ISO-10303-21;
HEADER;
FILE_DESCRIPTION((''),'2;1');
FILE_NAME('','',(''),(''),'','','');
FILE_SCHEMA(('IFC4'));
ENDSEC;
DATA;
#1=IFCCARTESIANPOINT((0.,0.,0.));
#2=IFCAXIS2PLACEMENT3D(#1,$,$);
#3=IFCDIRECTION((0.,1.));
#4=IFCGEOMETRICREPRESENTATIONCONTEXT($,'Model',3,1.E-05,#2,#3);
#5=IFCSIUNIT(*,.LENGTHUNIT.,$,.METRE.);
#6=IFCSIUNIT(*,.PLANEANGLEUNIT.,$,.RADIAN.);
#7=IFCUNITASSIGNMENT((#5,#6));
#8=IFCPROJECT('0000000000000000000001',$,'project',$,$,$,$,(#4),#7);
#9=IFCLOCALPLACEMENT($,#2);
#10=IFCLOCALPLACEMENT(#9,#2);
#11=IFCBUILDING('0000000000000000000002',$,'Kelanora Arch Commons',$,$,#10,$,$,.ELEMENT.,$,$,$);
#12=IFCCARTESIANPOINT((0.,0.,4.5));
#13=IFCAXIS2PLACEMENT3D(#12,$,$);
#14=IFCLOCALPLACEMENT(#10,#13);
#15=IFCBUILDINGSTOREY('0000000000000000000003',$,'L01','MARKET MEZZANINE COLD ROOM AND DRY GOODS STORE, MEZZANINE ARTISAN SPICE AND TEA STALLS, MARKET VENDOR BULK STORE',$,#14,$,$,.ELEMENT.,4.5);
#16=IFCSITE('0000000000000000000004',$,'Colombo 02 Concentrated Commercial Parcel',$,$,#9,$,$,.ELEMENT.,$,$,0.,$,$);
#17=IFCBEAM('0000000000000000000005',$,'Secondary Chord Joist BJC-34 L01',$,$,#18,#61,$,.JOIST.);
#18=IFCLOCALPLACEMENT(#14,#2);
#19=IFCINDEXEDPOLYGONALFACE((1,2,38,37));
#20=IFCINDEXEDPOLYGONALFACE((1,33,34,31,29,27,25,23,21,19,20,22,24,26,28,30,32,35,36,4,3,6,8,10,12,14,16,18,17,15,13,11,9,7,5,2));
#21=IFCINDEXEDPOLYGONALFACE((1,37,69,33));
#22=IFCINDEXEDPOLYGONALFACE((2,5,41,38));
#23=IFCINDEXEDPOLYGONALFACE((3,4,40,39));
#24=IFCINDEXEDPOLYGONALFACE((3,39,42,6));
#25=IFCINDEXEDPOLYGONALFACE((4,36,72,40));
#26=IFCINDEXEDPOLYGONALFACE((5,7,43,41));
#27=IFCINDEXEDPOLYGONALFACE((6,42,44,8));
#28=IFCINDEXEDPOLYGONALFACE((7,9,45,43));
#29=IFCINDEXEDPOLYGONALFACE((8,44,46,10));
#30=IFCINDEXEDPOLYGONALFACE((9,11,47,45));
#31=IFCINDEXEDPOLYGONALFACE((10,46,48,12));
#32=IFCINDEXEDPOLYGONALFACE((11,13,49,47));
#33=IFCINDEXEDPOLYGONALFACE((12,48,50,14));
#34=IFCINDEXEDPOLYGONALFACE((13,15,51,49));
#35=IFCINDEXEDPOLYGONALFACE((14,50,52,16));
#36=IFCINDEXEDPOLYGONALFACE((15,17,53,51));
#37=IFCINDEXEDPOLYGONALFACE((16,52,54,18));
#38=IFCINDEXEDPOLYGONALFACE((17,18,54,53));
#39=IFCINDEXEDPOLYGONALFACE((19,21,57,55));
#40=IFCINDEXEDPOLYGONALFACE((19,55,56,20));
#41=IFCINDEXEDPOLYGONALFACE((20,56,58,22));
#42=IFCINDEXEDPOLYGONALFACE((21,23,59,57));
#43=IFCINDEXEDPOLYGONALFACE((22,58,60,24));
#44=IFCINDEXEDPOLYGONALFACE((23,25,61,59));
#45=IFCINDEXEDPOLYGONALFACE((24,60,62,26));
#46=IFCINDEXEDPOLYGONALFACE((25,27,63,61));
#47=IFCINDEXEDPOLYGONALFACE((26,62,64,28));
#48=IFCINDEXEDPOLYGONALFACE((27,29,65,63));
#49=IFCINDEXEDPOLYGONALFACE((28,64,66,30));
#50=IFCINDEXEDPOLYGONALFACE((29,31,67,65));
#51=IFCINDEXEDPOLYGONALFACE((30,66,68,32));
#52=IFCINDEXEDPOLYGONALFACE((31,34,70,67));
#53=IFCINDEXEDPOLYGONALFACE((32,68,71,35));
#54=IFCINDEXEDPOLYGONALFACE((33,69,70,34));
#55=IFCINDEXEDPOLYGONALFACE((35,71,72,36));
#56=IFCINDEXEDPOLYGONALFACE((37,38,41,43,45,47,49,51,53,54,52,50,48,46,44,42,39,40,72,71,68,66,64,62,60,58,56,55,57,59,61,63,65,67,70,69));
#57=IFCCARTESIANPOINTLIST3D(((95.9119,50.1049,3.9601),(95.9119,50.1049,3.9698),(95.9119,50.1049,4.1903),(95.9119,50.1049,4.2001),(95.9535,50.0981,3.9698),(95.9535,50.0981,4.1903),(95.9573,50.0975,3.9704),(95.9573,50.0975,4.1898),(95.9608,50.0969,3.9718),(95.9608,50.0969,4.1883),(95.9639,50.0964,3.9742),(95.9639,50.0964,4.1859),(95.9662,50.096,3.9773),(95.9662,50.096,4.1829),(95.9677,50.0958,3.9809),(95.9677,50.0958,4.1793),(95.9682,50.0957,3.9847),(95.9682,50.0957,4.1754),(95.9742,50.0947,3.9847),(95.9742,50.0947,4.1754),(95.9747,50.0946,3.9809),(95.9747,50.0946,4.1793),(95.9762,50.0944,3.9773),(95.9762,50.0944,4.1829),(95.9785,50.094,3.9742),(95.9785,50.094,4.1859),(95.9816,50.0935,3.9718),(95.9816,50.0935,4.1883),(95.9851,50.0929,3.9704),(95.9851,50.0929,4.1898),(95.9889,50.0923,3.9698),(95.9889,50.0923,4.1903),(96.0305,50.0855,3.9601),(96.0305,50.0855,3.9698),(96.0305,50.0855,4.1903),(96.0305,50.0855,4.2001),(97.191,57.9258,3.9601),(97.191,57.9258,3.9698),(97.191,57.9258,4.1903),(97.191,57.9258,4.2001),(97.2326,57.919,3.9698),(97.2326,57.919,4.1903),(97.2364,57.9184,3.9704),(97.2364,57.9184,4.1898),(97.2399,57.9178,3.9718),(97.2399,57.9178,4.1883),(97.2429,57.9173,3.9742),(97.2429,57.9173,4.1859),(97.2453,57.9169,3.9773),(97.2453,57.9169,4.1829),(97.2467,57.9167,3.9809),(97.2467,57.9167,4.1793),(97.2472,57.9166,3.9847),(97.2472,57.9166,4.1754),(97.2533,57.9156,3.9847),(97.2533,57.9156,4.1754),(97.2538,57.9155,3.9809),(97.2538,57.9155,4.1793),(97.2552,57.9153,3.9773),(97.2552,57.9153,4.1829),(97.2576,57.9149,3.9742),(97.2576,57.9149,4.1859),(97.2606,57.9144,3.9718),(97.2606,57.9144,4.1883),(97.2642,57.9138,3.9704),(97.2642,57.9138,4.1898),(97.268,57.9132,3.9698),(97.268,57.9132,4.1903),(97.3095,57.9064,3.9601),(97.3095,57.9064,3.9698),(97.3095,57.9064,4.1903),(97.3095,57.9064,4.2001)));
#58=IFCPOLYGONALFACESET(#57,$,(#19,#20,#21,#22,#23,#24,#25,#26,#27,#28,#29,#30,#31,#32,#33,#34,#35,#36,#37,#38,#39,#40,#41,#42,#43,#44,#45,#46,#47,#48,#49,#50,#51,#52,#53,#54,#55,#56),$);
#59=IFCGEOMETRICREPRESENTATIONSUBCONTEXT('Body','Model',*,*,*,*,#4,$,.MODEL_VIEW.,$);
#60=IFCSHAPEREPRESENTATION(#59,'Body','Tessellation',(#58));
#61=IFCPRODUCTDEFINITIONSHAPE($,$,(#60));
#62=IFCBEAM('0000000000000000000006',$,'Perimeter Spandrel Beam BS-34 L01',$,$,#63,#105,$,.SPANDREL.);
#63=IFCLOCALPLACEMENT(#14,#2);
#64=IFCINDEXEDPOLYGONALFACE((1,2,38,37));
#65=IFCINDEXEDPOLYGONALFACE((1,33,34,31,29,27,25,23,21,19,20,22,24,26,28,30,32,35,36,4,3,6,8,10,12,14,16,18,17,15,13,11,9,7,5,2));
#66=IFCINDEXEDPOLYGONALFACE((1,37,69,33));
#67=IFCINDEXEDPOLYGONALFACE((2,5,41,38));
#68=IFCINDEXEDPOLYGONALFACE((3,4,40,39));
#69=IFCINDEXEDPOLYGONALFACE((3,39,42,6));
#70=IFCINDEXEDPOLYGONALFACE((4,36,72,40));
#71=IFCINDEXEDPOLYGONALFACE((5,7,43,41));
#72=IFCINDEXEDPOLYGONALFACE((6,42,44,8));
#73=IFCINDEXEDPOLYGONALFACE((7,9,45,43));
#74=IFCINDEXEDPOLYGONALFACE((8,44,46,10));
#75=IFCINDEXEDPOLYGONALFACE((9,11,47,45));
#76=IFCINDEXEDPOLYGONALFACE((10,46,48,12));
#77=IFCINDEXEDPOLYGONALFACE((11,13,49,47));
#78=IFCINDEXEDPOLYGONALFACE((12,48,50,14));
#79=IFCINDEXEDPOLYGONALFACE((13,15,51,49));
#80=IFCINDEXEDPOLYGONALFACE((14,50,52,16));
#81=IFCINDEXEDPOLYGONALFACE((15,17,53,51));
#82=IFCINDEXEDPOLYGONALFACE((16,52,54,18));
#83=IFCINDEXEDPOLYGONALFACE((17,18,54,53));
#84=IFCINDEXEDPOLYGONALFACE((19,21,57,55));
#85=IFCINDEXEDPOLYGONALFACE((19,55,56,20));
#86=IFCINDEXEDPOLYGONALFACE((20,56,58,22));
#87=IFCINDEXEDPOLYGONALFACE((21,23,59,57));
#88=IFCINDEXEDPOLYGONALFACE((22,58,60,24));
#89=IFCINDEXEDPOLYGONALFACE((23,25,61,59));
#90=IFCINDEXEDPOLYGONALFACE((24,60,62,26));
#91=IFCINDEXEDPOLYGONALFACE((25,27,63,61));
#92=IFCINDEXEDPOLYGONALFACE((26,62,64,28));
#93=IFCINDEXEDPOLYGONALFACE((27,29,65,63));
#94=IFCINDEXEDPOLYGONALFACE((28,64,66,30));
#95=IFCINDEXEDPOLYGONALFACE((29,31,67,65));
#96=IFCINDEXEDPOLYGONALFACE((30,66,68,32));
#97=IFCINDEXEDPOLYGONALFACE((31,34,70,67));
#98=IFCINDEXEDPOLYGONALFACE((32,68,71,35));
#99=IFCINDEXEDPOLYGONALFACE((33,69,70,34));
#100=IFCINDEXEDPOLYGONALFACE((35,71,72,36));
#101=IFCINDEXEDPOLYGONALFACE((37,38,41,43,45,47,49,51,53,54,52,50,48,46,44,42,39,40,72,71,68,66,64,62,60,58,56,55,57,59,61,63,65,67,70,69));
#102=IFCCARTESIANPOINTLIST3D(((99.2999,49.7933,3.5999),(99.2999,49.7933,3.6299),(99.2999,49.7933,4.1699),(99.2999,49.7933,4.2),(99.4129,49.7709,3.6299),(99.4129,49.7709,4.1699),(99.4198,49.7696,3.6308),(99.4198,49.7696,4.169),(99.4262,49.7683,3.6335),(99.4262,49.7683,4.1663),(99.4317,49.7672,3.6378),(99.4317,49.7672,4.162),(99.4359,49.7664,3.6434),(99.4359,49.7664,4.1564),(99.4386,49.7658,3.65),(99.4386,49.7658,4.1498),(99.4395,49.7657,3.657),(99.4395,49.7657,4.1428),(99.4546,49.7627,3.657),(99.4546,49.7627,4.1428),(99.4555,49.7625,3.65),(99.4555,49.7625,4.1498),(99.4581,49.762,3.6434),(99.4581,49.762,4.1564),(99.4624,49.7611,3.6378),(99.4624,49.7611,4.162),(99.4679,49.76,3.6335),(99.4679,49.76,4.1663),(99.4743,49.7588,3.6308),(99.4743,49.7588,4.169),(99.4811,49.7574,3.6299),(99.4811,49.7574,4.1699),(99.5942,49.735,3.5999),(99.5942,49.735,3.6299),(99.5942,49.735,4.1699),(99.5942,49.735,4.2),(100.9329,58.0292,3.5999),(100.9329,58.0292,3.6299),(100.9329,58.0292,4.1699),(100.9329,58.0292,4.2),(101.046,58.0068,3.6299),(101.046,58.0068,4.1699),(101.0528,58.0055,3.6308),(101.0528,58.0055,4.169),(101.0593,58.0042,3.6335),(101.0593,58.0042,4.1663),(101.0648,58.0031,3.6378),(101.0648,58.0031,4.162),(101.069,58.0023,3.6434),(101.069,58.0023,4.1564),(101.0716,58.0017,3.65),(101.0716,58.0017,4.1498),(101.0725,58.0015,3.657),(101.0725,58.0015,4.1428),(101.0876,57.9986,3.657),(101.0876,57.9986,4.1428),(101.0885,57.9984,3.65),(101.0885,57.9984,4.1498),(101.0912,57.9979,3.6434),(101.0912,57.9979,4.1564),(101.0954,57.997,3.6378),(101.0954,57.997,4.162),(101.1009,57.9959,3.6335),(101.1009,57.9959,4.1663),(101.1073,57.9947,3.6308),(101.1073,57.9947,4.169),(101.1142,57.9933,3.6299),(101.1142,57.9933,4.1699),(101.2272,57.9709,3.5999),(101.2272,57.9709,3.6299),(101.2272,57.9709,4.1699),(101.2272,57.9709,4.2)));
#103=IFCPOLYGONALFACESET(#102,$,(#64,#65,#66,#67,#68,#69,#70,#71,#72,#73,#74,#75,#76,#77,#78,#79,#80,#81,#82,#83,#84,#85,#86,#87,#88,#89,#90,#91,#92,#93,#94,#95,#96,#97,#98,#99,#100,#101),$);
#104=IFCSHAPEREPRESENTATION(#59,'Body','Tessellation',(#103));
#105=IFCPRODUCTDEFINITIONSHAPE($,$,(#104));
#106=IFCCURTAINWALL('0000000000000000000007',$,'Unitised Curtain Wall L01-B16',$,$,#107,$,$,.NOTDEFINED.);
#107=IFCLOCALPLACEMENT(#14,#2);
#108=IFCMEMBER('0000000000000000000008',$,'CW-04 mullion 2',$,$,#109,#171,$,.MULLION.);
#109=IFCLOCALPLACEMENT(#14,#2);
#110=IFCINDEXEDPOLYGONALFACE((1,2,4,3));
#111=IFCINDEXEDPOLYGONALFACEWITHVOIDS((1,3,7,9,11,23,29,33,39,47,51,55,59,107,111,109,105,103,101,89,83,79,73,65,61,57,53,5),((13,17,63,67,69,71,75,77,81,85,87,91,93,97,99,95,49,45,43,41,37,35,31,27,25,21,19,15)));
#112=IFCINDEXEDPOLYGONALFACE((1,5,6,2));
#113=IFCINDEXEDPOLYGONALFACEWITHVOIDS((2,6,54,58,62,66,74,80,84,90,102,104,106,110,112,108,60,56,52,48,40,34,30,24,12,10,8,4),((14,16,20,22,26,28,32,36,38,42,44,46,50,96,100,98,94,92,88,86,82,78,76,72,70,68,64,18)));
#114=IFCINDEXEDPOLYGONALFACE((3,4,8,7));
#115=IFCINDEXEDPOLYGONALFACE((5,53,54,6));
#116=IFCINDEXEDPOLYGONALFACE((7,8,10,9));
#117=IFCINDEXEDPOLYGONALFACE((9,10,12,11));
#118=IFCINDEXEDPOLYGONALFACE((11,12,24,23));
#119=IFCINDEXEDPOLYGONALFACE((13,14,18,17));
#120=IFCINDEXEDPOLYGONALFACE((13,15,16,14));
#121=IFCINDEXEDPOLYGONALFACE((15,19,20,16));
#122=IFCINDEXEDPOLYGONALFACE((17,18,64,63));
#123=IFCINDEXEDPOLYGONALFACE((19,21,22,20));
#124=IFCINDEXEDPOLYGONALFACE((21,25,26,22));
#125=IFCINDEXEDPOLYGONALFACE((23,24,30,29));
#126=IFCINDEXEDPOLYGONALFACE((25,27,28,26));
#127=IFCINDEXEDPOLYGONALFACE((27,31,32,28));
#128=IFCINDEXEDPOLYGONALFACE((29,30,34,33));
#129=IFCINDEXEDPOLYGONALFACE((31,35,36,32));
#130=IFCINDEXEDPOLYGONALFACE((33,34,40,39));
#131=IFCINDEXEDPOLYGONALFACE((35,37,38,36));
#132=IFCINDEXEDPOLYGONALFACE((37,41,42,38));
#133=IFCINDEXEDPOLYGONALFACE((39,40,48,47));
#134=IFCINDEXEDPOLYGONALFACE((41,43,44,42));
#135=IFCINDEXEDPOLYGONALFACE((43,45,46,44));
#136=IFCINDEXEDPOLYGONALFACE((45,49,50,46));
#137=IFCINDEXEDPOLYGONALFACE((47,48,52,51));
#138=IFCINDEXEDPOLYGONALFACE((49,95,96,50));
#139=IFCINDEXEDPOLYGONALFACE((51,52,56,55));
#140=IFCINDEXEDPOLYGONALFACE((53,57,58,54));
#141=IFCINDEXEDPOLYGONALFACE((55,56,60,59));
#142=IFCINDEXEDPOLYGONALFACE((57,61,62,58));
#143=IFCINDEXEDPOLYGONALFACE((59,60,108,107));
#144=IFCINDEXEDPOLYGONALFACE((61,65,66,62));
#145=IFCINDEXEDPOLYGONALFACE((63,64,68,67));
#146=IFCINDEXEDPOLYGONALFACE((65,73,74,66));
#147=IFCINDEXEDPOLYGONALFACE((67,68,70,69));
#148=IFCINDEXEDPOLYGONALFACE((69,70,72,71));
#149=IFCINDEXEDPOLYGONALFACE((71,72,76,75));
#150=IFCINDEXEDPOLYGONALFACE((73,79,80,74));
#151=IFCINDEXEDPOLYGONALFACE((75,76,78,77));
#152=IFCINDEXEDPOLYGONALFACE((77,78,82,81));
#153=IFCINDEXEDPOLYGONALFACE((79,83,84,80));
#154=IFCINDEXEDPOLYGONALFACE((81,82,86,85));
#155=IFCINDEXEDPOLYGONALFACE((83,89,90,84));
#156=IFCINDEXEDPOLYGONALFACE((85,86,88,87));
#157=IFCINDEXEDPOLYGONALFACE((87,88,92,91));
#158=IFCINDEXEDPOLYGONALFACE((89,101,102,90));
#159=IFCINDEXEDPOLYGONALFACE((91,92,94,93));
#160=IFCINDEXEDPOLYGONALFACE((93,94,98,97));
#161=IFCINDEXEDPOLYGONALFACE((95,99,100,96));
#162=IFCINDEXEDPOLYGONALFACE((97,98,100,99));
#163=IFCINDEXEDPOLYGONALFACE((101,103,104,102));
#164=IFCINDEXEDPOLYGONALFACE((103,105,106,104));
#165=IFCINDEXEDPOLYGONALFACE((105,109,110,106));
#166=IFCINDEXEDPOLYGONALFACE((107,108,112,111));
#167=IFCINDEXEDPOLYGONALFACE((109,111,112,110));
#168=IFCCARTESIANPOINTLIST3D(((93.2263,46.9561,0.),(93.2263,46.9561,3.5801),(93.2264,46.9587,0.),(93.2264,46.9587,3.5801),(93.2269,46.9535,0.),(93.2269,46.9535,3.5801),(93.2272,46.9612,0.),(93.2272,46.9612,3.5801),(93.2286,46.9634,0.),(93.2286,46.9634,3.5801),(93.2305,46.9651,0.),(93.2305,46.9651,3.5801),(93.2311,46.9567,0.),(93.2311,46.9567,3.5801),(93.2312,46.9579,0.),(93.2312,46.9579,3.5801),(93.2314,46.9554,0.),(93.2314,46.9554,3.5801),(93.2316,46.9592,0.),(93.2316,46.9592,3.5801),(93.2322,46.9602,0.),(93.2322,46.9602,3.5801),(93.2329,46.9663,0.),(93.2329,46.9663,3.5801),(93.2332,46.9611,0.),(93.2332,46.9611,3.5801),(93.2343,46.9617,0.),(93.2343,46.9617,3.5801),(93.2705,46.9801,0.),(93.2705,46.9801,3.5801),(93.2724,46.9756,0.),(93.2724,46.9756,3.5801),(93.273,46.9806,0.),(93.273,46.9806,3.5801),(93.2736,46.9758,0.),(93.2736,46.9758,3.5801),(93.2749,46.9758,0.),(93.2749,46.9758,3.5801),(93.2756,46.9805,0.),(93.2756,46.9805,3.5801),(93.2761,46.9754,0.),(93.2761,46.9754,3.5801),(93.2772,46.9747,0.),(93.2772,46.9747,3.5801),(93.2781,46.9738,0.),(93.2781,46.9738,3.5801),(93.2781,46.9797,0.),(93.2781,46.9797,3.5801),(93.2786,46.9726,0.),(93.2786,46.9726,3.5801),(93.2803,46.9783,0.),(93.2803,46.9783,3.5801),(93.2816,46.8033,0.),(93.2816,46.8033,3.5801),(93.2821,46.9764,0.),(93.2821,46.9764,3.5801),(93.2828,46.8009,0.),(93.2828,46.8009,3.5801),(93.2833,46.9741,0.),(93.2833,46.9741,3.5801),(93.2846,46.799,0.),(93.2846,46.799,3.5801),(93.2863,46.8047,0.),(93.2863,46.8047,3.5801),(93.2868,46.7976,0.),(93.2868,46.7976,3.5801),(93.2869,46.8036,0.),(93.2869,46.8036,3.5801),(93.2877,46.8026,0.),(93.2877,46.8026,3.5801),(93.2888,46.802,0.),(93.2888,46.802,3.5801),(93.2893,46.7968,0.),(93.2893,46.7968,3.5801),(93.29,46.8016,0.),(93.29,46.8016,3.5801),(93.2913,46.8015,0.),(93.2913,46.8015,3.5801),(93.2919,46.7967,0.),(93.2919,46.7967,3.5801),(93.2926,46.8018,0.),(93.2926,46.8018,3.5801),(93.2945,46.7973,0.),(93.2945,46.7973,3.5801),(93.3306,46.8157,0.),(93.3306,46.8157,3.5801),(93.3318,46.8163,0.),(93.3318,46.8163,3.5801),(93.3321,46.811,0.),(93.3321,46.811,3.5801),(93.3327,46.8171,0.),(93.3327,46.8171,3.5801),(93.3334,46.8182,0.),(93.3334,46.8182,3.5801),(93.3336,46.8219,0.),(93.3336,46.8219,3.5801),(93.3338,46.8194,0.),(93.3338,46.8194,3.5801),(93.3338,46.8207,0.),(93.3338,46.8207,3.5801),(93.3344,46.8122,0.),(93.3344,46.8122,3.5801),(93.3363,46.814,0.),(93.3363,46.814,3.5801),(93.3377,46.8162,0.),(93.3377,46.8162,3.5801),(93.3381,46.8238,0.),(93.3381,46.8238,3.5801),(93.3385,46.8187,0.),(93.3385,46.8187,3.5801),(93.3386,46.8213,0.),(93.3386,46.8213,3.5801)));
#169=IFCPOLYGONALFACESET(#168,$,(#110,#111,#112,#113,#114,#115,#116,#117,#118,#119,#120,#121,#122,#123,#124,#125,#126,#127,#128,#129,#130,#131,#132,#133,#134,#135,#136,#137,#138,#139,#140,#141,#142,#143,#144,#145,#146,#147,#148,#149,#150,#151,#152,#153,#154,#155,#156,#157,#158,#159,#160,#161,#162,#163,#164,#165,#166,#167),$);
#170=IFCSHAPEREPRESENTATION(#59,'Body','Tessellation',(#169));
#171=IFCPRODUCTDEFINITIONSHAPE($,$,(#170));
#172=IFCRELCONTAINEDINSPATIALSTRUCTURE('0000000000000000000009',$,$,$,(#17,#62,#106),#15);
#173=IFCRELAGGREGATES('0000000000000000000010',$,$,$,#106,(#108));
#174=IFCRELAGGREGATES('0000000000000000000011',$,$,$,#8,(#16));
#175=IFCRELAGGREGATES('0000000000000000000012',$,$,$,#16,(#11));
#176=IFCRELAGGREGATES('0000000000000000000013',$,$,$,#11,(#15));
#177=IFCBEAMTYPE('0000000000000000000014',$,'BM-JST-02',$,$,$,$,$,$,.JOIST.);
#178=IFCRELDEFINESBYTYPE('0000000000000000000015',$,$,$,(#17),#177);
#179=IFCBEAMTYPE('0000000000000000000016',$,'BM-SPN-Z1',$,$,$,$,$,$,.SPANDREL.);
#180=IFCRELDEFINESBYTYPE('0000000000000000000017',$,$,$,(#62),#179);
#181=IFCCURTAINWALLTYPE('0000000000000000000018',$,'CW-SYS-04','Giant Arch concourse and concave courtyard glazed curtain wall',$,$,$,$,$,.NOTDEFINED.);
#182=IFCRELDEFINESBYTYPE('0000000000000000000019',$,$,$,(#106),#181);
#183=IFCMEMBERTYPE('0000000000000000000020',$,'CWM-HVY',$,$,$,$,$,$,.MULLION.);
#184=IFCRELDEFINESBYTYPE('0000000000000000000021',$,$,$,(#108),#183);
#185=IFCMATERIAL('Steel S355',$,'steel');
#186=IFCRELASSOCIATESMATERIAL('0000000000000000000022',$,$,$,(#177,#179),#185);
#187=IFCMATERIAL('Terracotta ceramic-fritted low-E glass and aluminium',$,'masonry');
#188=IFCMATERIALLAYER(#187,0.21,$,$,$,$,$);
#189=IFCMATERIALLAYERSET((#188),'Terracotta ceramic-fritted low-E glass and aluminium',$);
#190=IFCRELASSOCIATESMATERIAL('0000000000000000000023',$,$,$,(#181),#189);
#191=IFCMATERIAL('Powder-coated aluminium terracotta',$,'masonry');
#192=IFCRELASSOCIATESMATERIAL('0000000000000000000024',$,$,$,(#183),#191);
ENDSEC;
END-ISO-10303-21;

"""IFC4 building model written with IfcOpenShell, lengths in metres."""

from ifc_helpers import new_model, si_unit, direction, frame, origin, origin_2d, place, context, subcontext, project, spatial, hollow_rectangle, i_section, extrude, material, layer, layer_set, material_profile, profile_set, type_object, element, aggregate, save


model = new_model("IFC4")

# Units and contexts
model_context = context("Model", 3, precision=1e-05, world=origin(), true_north=direction((0.0, 1.0)))
body_context = subcontext(model_context, "Body", "Model", "MODEL_VIEW")
ifc_project = project(units=[si_unit("LENGTHUNIT", "METRE"), si_unit("PLANEANGLEUNIT", "RADIAN")], contexts=[model_context])

# Site, building, storey
site_placement = place(None, origin())
site = spatial("IfcSite", under=ifc_project, at=site_placement, Name="Colombo 02 Concentrated Commercial Parcel", CompositionType="ELEMENT", RefElevation=0.0)
building_placement = place(site_placement, origin())
building = spatial("IfcBuilding", under=site, at=building_placement, Name="Kelanora Arch Commons", CompositionType="ELEMENT")
storey_placement = place(building_placement, frame((0.0, 0.0, 4.5)))
storey = spatial("IfcBuildingStorey", under=building, at=storey_placement, Name="L01", Description="MARKET MEZZANINE COLD ROOM AND DRY GOODS STORE, MEZZANINE ARTISAN SPICE AND TEA STALLS, MARKET VENDOR BULK STORE", CompositionType="ELEMENT", Elevation=4.5)

# Beams
ifc_material_1 = material(Name="Steel S355", Category="steel")
ifc_material_profile_1 = material_profile(ifc_material_1, i_section(OverallWidth=0.1201, OverallDepth=0.24, WebThickness=0.0061, FlangeThickness=0.0098, FilletRadius=0.0149, at=origin_2d()), Name="IPE240")
ifc_profile_set_1 = profile_set([ifc_material_profile_1], Name="Steel S355")
beam_type_1 = type_object("IfcBeamType", Name="BM-JST-02", PredefinedType="JOIST", material=ifc_profile_set_1)
beam_1_placement = place(storey_placement, frame((95.9712, 50.0952, 4.0801), z_axis=(0.161401, 0.986889, 0.0), x_axis=(-0.986889, 0.161401, 0.0)))
element("IfcBeam", 1, at=beam_1_placement, inside=storey, type_object=beam_type_1, Name="Secondary Chord Joist BJC-34 L01", PredefinedType="JOIST", context=body_context, shape_type="SweptSolid", body=[
    extrude(i_section(OverallWidth=0.1201, OverallDepth=0.24, WebThickness=0.0061, FlangeThickness=0.0098, FilletRadius=0.0149, at=origin_2d()), origin(), (0.0, 0.0, 1.0), 7.9248),
])
ifc_material_profile_2 = material_profile(ifc_material_1, i_section(OverallWidth=0.3, OverallDepth=0.6001, WebThickness=0.0154, FlangeThickness=0.03, FilletRadius=0.0271, at=origin_2d()), Name="HEB600")
ifc_profile_set_2 = profile_set([ifc_material_profile_2], Name="Steel S355")
beam_type_2 = type_object("IfcBeamType", Name="BM-SPN-Z1", PredefinedType="SPANDREL", material=ifc_profile_set_2)
beam_2_placement = place(storey_placement, frame((99.447, 49.7642, 3.8999), z_axis=(0.1945, 0.980903, 0.0), x_axis=(-0.980903, 0.1945, 0.0)))
element("IfcBeam", 2, at=beam_2_placement, inside=storey, type_object=beam_type_2, Name="Perimeter Spandrel Beam BS-34 L01", PredefinedType="SPANDREL", context=body_context, shape_type="SweptSolid", body=[
    extrude(i_section(OverallWidth=0.3, OverallDepth=0.6001, WebThickness=0.0154, FlangeThickness=0.03, FilletRadius=0.0271, at=origin_2d()), origin(), (0.0, 0.0, 1.0), 8.3962),
])

# Curtain wall, member
ifc_material_2 = material(Name="Terracotta ceramic-fritted low-E glass and aluminium", Category="masonry")
ifc_layer_1 = layer(ifc_material_2, 0.21)
ifc_layer_set_1 = layer_set([ifc_layer_1], Name="Terracotta ceramic-fritted low-E glass and aluminium")
curtain_wall_type = type_object("IfcCurtainWallType", Name="CW-SYS-04", Description="Giant Arch concourse and concave courtyard glazed curtain wall", PredefinedType="NOTDEFINED", material=ifc_layer_set_1)
curtain_wall_placement = place(storey_placement, origin())
curtain_wall = element("IfcCurtainWall", 3, at=curtain_wall_placement, inside=storey, type_object=curtain_wall_type, Name="Unitised Curtain Wall L01-B16", PredefinedType="NOTDEFINED")
ifc_material_3 = material(Name="Powder-coated aluminium terracotta", Category="masonry")
ifc_material_profile_3 = material_profile(ifc_material_3, hollow_rectangle(XDim=0.1799, YDim=0.0601, WallThickness=0.0049, InnerFilletRadius=0.0049, OuterFilletRadius=0.01, at=origin_2d()), Name="CWM180x60")
ifc_profile_set_3 = profile_set([ifc_material_profile_3], Name="Powder-coated aluminium terracotta")
member_type_1 = type_object("IfcMemberType", Name="CWM-HVY", PredefinedType="MULLION", material=ifc_profile_set_3)
member_1_placement = place(storey_placement, frame((93.2825, 46.8887, 0.0), z_axis=(0.0, 0.0, 1.0), x_axis=(-0.342318, 0.939584, 0.0)))
member_1 = element("IfcMember", 4, at=member_1_placement, type_object=member_type_1, Name="CW-04 mullion 2", PredefinedType="MULLION", context=body_context, shape_type="SweptSolid", body=[
    extrude(hollow_rectangle(XDim=0.1799, YDim=0.0601, WallThickness=0.0049, InnerFilletRadius=0.0049, OuterFilletRadius=0.01, at=origin_2d()), origin(), (0.0, 0.0, 1.0), 3.5801),
])
aggregate(curtain_wall, [member_1])

save(model, "model.ifc")
